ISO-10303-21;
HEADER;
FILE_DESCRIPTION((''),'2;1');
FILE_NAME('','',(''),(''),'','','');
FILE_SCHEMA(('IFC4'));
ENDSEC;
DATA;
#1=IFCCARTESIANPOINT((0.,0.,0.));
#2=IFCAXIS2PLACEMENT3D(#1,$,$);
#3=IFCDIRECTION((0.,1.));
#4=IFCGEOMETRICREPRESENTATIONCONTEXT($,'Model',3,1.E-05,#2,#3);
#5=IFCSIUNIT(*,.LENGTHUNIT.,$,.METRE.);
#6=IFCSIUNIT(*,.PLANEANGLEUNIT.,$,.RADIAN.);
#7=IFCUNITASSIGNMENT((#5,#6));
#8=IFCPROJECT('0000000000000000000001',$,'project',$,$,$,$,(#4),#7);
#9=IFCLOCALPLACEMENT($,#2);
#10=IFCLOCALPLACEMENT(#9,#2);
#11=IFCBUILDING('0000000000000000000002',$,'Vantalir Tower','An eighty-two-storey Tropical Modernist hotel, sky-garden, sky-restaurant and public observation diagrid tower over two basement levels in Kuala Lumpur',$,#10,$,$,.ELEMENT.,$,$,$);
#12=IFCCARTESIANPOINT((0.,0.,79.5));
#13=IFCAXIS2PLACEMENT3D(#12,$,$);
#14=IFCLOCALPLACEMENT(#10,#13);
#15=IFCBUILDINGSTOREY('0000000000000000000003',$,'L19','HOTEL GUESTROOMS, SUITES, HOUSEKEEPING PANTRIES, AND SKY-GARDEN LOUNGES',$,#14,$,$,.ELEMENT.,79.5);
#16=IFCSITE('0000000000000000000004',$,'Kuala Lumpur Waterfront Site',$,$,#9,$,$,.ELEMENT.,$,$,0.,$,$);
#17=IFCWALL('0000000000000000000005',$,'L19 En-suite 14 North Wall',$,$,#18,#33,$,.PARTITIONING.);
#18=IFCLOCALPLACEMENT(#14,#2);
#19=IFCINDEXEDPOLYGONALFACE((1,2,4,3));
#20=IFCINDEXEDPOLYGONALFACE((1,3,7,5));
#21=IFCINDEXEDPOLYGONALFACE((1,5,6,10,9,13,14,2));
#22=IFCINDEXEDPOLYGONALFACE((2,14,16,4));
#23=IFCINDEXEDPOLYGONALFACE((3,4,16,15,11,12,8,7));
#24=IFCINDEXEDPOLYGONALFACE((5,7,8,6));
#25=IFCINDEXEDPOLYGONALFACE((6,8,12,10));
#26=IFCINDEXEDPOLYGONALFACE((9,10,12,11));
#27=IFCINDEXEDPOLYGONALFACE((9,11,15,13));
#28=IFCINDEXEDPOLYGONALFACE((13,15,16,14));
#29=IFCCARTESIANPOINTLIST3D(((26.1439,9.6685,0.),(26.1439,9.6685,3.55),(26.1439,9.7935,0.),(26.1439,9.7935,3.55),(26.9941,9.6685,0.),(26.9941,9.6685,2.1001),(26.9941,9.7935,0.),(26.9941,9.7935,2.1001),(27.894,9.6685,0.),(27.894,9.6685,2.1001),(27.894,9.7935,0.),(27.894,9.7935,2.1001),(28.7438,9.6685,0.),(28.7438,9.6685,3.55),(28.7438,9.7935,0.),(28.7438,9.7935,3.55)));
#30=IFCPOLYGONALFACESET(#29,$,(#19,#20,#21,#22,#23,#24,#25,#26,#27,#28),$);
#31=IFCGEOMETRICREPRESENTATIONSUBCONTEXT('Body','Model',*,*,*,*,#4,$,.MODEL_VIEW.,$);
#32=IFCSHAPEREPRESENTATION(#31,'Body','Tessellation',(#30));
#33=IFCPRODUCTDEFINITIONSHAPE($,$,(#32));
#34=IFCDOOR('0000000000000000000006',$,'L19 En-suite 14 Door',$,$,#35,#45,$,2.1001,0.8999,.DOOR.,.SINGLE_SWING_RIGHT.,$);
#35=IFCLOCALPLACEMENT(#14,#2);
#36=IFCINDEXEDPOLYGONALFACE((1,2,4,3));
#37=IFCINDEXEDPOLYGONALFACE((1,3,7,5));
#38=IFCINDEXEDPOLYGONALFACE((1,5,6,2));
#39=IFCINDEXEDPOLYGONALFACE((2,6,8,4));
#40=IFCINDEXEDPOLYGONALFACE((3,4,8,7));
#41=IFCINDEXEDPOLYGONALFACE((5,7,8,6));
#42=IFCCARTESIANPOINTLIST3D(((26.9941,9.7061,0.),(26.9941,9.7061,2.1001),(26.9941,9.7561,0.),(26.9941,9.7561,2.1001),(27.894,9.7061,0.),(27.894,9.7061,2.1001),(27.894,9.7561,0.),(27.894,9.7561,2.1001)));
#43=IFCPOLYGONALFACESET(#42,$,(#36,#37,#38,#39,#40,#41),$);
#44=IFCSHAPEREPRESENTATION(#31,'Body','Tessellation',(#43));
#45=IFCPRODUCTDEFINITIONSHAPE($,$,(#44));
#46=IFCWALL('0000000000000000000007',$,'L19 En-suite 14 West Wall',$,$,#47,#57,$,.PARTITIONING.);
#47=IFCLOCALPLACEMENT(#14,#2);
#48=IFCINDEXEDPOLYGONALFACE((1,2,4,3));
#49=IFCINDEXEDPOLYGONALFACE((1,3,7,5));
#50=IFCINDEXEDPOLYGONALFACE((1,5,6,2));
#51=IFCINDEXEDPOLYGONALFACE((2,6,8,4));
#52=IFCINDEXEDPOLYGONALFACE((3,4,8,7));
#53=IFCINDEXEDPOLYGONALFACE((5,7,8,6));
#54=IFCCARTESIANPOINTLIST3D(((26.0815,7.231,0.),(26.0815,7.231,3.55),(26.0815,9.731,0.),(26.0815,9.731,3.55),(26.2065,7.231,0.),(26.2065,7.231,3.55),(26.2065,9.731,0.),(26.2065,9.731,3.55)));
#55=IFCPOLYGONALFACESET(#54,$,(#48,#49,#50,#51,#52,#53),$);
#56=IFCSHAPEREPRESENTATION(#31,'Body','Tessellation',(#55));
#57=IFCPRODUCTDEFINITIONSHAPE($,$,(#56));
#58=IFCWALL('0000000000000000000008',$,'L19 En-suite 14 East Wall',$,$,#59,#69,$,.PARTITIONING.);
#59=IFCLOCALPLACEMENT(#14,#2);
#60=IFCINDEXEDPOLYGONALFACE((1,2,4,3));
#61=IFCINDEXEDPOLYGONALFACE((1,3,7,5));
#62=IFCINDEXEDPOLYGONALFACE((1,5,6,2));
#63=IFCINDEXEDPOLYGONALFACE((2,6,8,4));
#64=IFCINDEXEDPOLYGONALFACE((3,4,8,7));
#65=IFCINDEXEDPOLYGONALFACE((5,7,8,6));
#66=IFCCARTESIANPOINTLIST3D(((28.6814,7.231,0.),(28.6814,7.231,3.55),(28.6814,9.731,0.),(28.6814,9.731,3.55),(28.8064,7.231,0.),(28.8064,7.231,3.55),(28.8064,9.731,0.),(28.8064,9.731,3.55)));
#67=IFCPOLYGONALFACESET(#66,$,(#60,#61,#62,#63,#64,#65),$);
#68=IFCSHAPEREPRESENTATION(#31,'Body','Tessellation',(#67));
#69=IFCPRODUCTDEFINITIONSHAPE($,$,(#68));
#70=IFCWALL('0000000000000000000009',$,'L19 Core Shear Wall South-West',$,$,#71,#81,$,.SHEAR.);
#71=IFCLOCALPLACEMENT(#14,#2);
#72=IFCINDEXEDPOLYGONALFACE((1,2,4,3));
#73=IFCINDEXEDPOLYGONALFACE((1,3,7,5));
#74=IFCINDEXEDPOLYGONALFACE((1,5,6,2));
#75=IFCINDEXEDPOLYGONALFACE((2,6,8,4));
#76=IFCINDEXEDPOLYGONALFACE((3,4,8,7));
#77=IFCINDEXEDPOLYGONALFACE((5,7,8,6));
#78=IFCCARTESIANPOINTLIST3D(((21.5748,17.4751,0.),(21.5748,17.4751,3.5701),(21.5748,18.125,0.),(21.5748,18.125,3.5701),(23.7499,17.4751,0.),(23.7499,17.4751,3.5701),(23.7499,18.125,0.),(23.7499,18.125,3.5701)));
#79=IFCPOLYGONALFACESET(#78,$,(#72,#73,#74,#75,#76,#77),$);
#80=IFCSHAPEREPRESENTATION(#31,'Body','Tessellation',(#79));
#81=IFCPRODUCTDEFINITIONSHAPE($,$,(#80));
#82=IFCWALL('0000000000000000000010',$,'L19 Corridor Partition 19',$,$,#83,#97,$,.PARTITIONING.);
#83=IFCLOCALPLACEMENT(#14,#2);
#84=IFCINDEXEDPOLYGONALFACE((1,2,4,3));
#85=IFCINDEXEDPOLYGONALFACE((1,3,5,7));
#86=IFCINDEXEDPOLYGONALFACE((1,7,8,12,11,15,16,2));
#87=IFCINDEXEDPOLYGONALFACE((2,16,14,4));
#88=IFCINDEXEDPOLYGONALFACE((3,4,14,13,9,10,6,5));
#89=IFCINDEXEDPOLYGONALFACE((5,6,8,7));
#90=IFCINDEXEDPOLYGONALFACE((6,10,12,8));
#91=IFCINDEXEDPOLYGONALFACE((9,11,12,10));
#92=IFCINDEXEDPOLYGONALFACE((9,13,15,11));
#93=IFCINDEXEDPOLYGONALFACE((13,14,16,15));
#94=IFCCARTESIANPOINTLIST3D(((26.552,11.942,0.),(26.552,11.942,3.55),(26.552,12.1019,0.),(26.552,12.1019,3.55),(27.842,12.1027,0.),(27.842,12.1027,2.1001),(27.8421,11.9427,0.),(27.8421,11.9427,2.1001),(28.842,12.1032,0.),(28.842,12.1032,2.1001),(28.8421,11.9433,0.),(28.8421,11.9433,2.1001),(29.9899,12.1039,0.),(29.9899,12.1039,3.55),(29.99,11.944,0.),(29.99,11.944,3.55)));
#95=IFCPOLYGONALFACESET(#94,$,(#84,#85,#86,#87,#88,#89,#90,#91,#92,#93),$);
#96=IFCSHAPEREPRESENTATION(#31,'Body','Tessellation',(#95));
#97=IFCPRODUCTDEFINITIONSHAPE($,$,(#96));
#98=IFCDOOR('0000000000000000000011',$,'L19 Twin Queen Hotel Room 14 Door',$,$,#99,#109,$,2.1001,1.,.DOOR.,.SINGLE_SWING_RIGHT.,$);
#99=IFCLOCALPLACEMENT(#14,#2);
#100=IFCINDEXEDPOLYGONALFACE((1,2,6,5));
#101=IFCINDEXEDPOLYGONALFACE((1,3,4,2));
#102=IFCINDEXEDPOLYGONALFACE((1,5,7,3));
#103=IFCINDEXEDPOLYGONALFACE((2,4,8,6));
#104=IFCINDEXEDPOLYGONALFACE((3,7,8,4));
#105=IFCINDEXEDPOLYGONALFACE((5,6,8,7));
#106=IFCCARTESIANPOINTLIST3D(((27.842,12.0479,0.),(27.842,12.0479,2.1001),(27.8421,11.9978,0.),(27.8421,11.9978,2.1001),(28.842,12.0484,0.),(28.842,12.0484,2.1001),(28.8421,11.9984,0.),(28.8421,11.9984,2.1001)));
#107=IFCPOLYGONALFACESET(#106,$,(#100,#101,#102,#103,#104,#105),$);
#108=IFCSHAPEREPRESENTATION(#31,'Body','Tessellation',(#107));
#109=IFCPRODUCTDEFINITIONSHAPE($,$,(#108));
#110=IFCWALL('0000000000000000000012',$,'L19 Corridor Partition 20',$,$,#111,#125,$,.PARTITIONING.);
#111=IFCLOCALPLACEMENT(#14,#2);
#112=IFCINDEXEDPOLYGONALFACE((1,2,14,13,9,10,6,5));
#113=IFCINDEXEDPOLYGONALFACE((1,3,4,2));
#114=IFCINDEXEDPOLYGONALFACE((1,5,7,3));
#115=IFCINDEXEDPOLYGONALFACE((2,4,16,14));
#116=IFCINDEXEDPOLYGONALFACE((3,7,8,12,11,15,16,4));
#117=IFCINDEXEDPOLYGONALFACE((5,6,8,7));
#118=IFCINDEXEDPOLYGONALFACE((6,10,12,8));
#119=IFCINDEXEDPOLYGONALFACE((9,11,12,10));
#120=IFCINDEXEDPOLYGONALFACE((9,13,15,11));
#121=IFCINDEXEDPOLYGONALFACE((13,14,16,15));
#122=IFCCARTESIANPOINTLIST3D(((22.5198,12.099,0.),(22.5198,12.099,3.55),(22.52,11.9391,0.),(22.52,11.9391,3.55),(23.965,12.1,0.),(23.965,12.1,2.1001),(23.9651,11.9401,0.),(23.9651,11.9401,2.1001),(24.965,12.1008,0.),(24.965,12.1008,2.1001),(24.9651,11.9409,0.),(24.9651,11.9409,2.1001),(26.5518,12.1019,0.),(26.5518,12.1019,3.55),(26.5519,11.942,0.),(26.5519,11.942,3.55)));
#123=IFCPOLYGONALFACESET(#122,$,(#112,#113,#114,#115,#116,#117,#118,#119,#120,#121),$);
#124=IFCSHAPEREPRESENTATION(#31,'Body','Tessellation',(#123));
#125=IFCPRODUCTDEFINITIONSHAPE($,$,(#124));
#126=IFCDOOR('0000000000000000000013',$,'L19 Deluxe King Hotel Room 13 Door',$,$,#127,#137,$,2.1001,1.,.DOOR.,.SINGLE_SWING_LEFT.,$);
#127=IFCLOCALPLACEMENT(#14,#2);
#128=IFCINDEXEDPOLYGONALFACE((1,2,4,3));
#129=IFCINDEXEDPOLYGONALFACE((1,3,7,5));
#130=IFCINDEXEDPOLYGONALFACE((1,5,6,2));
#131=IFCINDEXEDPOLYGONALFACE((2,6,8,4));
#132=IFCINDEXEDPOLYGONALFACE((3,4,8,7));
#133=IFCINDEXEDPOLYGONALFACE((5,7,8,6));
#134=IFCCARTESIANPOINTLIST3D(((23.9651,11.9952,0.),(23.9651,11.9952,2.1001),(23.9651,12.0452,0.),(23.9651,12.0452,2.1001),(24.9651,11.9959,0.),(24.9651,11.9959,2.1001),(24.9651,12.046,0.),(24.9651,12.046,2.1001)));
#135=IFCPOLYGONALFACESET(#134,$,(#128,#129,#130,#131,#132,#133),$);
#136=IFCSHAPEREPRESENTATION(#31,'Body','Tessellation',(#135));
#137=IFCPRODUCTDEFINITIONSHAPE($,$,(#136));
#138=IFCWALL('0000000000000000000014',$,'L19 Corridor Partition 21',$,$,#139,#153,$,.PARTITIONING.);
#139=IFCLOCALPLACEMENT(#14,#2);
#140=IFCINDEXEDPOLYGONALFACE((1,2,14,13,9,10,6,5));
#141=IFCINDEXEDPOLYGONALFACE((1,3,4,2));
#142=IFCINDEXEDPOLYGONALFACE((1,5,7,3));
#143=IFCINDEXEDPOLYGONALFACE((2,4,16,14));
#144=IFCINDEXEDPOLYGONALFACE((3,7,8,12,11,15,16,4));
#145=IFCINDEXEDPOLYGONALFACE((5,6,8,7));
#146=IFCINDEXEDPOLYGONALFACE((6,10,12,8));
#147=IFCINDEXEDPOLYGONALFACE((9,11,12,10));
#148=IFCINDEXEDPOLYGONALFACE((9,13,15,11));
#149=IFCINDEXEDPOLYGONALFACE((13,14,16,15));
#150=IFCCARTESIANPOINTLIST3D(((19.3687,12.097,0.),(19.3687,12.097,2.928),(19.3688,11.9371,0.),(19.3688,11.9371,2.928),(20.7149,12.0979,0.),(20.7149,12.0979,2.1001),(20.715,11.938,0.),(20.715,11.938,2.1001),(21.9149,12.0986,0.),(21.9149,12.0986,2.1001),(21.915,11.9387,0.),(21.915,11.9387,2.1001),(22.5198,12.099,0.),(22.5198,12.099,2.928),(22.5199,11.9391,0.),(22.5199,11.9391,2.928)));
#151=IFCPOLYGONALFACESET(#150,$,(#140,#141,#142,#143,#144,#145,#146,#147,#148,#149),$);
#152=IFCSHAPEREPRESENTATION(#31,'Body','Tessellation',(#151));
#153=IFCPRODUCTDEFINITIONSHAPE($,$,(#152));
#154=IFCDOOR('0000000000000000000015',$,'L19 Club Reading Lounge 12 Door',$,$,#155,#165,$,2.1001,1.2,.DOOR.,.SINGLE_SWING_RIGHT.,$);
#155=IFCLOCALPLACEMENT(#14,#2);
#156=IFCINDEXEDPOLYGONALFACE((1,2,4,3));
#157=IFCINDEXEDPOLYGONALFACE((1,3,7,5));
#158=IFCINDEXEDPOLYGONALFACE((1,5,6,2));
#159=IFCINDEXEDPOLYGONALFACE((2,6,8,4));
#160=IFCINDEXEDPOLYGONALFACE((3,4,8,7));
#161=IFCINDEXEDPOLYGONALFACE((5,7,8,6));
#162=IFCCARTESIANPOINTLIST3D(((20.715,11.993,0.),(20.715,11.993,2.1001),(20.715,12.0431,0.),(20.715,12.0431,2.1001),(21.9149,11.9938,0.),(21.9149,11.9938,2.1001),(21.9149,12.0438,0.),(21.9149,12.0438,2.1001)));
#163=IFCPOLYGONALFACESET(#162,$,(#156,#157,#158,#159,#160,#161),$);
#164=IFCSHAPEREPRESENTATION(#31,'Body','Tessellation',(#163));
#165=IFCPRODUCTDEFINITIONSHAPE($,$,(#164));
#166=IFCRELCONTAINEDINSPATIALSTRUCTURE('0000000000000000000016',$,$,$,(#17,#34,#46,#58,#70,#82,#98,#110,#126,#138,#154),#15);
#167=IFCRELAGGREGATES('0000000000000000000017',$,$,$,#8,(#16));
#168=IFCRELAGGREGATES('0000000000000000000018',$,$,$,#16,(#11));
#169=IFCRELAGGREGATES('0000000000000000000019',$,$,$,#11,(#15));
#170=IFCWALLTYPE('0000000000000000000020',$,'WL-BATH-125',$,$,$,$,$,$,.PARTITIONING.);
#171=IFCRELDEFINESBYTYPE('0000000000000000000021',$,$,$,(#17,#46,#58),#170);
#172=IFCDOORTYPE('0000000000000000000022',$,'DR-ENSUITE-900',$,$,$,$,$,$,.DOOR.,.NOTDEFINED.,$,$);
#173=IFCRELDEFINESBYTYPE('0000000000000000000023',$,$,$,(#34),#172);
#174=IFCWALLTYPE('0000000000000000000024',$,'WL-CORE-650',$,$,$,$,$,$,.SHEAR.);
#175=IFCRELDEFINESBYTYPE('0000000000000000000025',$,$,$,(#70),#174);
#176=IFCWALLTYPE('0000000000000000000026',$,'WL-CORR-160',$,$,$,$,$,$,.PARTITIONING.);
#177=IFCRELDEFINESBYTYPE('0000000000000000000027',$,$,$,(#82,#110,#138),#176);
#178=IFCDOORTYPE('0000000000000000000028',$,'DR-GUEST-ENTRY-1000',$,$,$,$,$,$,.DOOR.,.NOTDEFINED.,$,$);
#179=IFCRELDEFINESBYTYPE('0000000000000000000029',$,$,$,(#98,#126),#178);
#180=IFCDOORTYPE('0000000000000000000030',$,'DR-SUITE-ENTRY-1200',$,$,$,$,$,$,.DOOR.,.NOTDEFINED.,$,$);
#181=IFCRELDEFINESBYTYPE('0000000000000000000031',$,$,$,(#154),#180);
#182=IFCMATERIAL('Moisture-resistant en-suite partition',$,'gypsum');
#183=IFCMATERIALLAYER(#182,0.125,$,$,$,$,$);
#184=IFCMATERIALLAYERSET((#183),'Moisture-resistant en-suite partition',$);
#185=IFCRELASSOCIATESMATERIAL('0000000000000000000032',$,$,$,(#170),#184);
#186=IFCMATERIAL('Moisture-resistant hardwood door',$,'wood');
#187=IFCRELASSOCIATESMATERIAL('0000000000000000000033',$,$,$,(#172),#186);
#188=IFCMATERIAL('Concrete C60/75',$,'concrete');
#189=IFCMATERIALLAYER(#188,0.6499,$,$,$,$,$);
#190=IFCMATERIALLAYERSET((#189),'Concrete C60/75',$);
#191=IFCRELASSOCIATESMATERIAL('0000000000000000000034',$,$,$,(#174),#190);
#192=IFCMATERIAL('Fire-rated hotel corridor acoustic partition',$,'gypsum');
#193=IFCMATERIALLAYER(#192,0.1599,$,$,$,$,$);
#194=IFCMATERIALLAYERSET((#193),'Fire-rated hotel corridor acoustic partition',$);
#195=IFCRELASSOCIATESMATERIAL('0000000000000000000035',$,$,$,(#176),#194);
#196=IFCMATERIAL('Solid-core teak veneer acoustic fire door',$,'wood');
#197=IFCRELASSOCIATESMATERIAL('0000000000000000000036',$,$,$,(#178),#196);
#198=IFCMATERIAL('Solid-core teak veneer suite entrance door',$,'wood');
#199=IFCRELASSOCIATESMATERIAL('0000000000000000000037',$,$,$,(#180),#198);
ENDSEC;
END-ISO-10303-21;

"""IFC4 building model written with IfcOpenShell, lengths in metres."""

from ifc_helpers import new_model, si_unit, direction, frame, frame_2d, origin, place, context, subcontext, project, spatial, rectangle, extrude, material, layer, layer_set, type_object, element, fill, save


model = new_model("IFC4")

# Units and contexts
model_context = context("Model", 3, precision=1e-05, world=origin(), true_north=direction((0.0, 1.0)))
body_context = subcontext(model_context, "Body", "Model", "MODEL_VIEW")
ifc_project = project(units=[si_unit("LENGTHUNIT", "METRE"), si_unit("PLANEANGLEUNIT", "RADIAN")], contexts=[model_context])

# Site, building, storey
site_placement = place(None, origin())
site = spatial("IfcSite", under=ifc_project, at=site_placement, Name="Kuala Lumpur Waterfront Site", CompositionType="ELEMENT", RefElevation=0.0)
building_placement = place(site_placement, origin())
building = spatial("IfcBuilding", under=site, at=building_placement, Name="Vantalir Tower", Description="An eighty-two-storey Tropical Modernist hotel, sky-garden, sky-restaurant and public observation diagrid tower over two basement levels in Kuala Lumpur", CompositionType="ELEMENT")
storey_placement = place(building_placement, frame((0.0, 0.0, 79.5)))
storey = spatial("IfcBuildingStorey", under=building, at=storey_placement, Name="L19", Description="HOTEL GUESTROOMS, SUITES, HOUSEKEEPING PANTRIES, AND SKY-GARDEN LOUNGES", CompositionType="ELEMENT", Elevation=79.5)

# Shared definitions
ifc_material_1 = material(Name="Concrete C60/75", Category="concrete")

# Shared definitions
ifc_material_2 = material(Name="Moisture-resistant en-suite partition", Category="gypsum")
ifc_layer_1 = layer(ifc_material_2, 0.125)
ifc_layer_set_1 = layer_set([ifc_layer_1], Name="Moisture-resistant en-suite partition")
wall_type_1 = type_object("IfcWallType", Name="WL-BATH-125", PredefinedType="PARTITIONING", material=ifc_layer_set_1)
ifc_material_3 = material(Name="Moisture-resistant hardwood door", Category="wood")
door_type_1 = type_object("IfcDoorType", Name="DR-ENSUITE-900", OperationType="NOTDEFINED", PredefinedType="DOOR", material=ifc_material_3)

# Wall, opening, door
wall_1_placement = place(storey_placement, frame((26.144, 9.731, 0.0), z_axis=(0.0, 0.0, 1.0), x_axis=(1.0, 0.0, 0.0)))
wall_1 = element("IfcWall", 1, at=wall_1_placement, inside=storey, type_object=wall_type_1, Name="L19 En-suite 14 North Wall", PredefinedType="PARTITIONING", context=body_context, shape_type="SweptSolid", body=[
    extrude(rectangle(XDim=2.5999, YDim=0.125, at=frame_2d((1.2998, 0.0))), origin(), (0.0, 0.0, 1.0), 3.55),
])
opening_1_placement = place(wall_1_placement, frame((0.8501, 0.0, 0.0)))
opening_1 = element("IfcOpeningElement", 2, at=opening_1_placement, cuts=wall_1, PredefinedType="OPENING", context=body_context, shape_type="SweptSolid", body=[
    extrude(rectangle(XDim=0.8999, YDim=2.1001, at=frame_2d((0.45, 1.05))), frame((0.0, 0.0725, 0.0), z_axis=(0.0, -1.0, 0.0), x_axis=(1.0, 0.0, 0.0)), (0.0, 0.0, 1.0), 0.145),
])
door_1_placement = place(opening_1_placement, frame((0.8999, 0.0, 0.0), z_axis=(0.0, 0.0, 1.0), x_axis=(-1.0, 0.0, 0.0)))
door_1 = element("IfcDoor", 3, at=door_1_placement, inside=storey, type_object=door_type_1, Name="L19 En-suite 14 Door", OperationType="SINGLE_SWING_RIGHT", OverallHeight=2.1001, OverallWidth=0.8999, PredefinedType="DOOR", context=body_context, shape_type="SweptSolid", body=[
    extrude(rectangle(XDim=0.8999, YDim=2.1001, at=frame_2d((0.45, 1.05))), frame((0.0, 0.0249, 0.0), z_axis=(0.0, -1.0, 0.0), x_axis=(1.0, 0.0, 0.0)), (0.0, 0.0, 1.0), 0.05),
])
fill(opening_1, door_1)

# Walls
for number, where, z_axis, x_axis, name in (
    (4, (26.144, 7.231, 0.0), (0.0, 0.0, 1.0), (0.0, 1.0, 0.0), "L19 En-suite 14 West Wall"),
    (5, (28.7439, 7.231, 0.0), (0.0, 0.0, 1.0), (0.0, 1.0, 0.0), "L19 En-suite 14 East Wall"),
):
    element("IfcWall", number, at=place(storey_placement, frame(where, z_axis=z_axis, x_axis=x_axis)), inside=storey, type_object=wall_type_1, Name=name, PredefinedType="PARTITIONING", context=body_context, shape_type="SweptSolid", body=[
        extrude(rectangle(XDim=2.5, YDim=0.125, at=frame_2d((1.25, 0.0))), origin(), (0.0, 0.0, 1.0), 3.55),
    ])
ifc_layer_2 = layer(ifc_material_1, 0.6499)
ifc_layer_set_2 = layer_set([ifc_layer_2], Name="Concrete C60/75")
wall_type_2 = type_object("IfcWallType", Name="WL-CORE-650", PredefinedType="SHEAR", material=ifc_layer_set_2)
wall_2_placement = place(storey_placement, frame((21.575, 17.8, 0.0), z_axis=(0.0, 0.0, 1.0), x_axis=(1.0, 0.0, 0.0)))
element("IfcWall", 6, at=wall_2_placement, inside=storey, type_object=wall_type_2, Name="L19 Core Shear Wall South-West", PredefinedType="SHEAR", context=body_context, shape_type="SweptSolid", body=[
    extrude(rectangle(XDim=2.175, YDim=0.6499, at=frame_2d((1.0874, 0.0))), origin(), (0.0, 0.0, 1.0), 3.5701),
])

# Walls, openings, doors
ifc_material_4 = material(Name="Fire-rated hotel corridor acoustic partition", Category="gypsum")
ifc_layer_3 = layer(ifc_material_4, 0.1599)
ifc_layer_set_3 = layer_set([ifc_layer_3], Name="Fire-rated hotel corridor acoustic partition")
wall_type_3 = type_object("IfcWallType", Name="WL-CORR-160", PredefinedType="PARTITIONING", material=ifc_layer_set_3)
wall_3_placement = place(storey_placement, frame((29.99, 12.0239, 0.0), z_axis=(0.0, 0.0, 1.0), x_axis=(-1.0, -0.000568, 0.0)))
wall_3 = element("IfcWall", 7, at=wall_3_placement, inside=storey, type_object=wall_type_3, Name="L19 Corridor Partition 19", PredefinedType="PARTITIONING", context=body_context, shape_type="SweptSolid", body=[
    extrude(rectangle(XDim=3.438, YDim=0.1599, at=frame_2d((1.719, 0.0))), origin(), (0.0, 0.0, 1.0), 3.55),
])
opening_2_placement = place(wall_3_placement, frame((1.1479, 0.0, 0.0)))
opening_2 = element("IfcOpeningElement", 8, at=opening_2_placement, cuts=wall_3, PredefinedType="OPENING", context=body_context, shape_type="SweptSolid", body=[
    extrude(rectangle(XDim=1.0, YDim=2.1001, at=frame_2d((0.5, 1.05))), frame((0.0, 0.0898, 0.0), z_axis=(0.0, -1.0, 0.0), x_axis=(1.0, 0.0, 0.0)), (0.0, 0.0, 1.0), 0.1799),
])
ifc_material_5 = material(Name="Solid-core teak veneer acoustic fire door", Category="wood")
door_type_2 = type_object("IfcDoorType", Name="DR-GUEST-ENTRY-1000", OperationType="NOTDEFINED", PredefinedType="DOOR", material=ifc_material_5)
door_2_placement = place(opening_2_placement, origin())
door_2 = element("IfcDoor", 9, at=door_2_placement, inside=storey, type_object=door_type_2, Name="L19 Twin Queen Hotel Room 14 Door", OperationType="SINGLE_SWING_RIGHT", OverallHeight=2.1001, OverallWidth=1.0, PredefinedType="DOOR", context=body_context, shape_type="SweptSolid", body=[
    extrude(rectangle(XDim=1.0, YDim=2.1001, at=frame_2d((0.5, 1.05))), frame((0.0, 0.0249, 0.0), z_axis=(0.0, -1.0, 0.0), x_axis=(1.0, 0.0, 0.0)), (0.0, 0.0, 1.0), 0.05),
])
fill(opening_2, door_2)
wall_4_placement = place(storey_placement, frame((26.552, 12.022, 0.0), z_axis=(0.0, 0.0, 1.0), x_axis=(-1.0, -0.000727, 0.0)))
wall_4 = element("IfcWall", 10, at=wall_4_placement, inside=storey, type_object=wall_type_3, Name="L19 Corridor Partition 20", PredefinedType="PARTITIONING", context=body_context, shape_type="SweptSolid", body=[
    extrude(rectangle(XDim=4.032, YDim=0.1599, at=frame_2d((2.0161, 0.0))), origin(), (0.0, 0.0, 1.0), 3.55),
])
opening_3_placement = place(wall_4_placement, frame((1.5869, 0.0, 0.0)))
opening_3 = element("IfcOpeningElement", 11, at=opening_3_placement, cuts=wall_4, PredefinedType="OPENING", context=body_context, shape_type="SweptSolid", body=[
    extrude(rectangle(XDim=1.0, YDim=2.1001, at=frame_2d((0.5, 1.05))), frame((0.0, 0.0898, 0.0), z_axis=(0.0, -1.0, 0.0), x_axis=(1.0, 0.0, 0.0)), (0.0, 0.0, 1.0), 0.1799),
])
door_3_placement = place(opening_3_placement, origin())
door_3 = element("IfcDoor", 12, at=door_3_placement, inside=storey, type_object=door_type_2, Name="L19 Deluxe King Hotel Room 13 Door", OperationType="SINGLE_SWING_LEFT", OverallHeight=2.1001, OverallWidth=1.0, PredefinedType="DOOR", context=body_context, shape_type="SweptSolid", body=[
    extrude(rectangle(XDim=1.0, YDim=2.1001, at=frame_2d((0.5, 1.05))), frame((0.0, 0.0249, 0.0), z_axis=(0.0, -1.0, 0.0), x_axis=(1.0, 0.0, 0.0)), (0.0, 0.0, 1.0), 0.05),
])
fill(opening_3, door_3)
wall_5_placement = place(storey_placement, frame((22.52, 12.019, 0.0), z_axis=(0.0, 0.0, 1.0), x_axis=(-1.0, -0.00062, 0.0)))
wall_5 = element("IfcWall", 13, at=wall_5_placement, inside=storey, type_object=wall_type_3, Name="L19 Corridor Partition 21", PredefinedType="PARTITIONING", context=body_context, shape_type="SweptSolid", body=[
    extrude(rectangle(XDim=3.1511, YDim=0.1599, at=frame_2d((1.5757, 0.0))), origin(), (0.0, 0.0, 1.0), 2.928),
])
opening_4_placement = place(wall_5_placement, frame((0.605, 0.0, 0.0)))
opening_4 = element("IfcOpeningElement", 14, at=opening_4_placement, cuts=wall_5, PredefinedType="OPENING", context=body_context, shape_type="SweptSolid", body=[
    extrude(rectangle(XDim=1.2, YDim=2.1001, at=frame_2d((0.6001, 1.05))), frame((0.0, 0.0898, 0.0), z_axis=(0.0, -1.0, 0.0), x_axis=(1.0, 0.0, 0.0)), (0.0, 0.0, 1.0), 0.1799),
])
ifc_material_6 = material(Name="Solid-core teak veneer suite entrance door", Category="wood")
door_type_3 = type_object("IfcDoorType", Name="DR-SUITE-ENTRY-1200", OperationType="NOTDEFINED", PredefinedType="DOOR", material=ifc_material_6)
door_4_placement = place(opening_4_placement, origin())
door_4 = element("IfcDoor", 15, at=door_4_placement, inside=storey, type_object=door_type_3, Name="L19 Club Reading Lounge 12 Door", OperationType="SINGLE_SWING_RIGHT", OverallHeight=2.1001, OverallWidth=1.2, PredefinedType="DOOR", context=body_context, shape_type="SweptSolid", body=[
    extrude(rectangle(XDim=1.2, YDim=2.1001, at=frame_2d((0.6001, 1.05))), frame((0.0, 0.0249, 0.0), z_axis=(0.0, -1.0, 0.0), x_axis=(1.0, 0.0, 0.0)), (0.0, 0.0, 1.0), 0.05),
])
fill(opening_4, door_4)

save(model, "model.ifc")
